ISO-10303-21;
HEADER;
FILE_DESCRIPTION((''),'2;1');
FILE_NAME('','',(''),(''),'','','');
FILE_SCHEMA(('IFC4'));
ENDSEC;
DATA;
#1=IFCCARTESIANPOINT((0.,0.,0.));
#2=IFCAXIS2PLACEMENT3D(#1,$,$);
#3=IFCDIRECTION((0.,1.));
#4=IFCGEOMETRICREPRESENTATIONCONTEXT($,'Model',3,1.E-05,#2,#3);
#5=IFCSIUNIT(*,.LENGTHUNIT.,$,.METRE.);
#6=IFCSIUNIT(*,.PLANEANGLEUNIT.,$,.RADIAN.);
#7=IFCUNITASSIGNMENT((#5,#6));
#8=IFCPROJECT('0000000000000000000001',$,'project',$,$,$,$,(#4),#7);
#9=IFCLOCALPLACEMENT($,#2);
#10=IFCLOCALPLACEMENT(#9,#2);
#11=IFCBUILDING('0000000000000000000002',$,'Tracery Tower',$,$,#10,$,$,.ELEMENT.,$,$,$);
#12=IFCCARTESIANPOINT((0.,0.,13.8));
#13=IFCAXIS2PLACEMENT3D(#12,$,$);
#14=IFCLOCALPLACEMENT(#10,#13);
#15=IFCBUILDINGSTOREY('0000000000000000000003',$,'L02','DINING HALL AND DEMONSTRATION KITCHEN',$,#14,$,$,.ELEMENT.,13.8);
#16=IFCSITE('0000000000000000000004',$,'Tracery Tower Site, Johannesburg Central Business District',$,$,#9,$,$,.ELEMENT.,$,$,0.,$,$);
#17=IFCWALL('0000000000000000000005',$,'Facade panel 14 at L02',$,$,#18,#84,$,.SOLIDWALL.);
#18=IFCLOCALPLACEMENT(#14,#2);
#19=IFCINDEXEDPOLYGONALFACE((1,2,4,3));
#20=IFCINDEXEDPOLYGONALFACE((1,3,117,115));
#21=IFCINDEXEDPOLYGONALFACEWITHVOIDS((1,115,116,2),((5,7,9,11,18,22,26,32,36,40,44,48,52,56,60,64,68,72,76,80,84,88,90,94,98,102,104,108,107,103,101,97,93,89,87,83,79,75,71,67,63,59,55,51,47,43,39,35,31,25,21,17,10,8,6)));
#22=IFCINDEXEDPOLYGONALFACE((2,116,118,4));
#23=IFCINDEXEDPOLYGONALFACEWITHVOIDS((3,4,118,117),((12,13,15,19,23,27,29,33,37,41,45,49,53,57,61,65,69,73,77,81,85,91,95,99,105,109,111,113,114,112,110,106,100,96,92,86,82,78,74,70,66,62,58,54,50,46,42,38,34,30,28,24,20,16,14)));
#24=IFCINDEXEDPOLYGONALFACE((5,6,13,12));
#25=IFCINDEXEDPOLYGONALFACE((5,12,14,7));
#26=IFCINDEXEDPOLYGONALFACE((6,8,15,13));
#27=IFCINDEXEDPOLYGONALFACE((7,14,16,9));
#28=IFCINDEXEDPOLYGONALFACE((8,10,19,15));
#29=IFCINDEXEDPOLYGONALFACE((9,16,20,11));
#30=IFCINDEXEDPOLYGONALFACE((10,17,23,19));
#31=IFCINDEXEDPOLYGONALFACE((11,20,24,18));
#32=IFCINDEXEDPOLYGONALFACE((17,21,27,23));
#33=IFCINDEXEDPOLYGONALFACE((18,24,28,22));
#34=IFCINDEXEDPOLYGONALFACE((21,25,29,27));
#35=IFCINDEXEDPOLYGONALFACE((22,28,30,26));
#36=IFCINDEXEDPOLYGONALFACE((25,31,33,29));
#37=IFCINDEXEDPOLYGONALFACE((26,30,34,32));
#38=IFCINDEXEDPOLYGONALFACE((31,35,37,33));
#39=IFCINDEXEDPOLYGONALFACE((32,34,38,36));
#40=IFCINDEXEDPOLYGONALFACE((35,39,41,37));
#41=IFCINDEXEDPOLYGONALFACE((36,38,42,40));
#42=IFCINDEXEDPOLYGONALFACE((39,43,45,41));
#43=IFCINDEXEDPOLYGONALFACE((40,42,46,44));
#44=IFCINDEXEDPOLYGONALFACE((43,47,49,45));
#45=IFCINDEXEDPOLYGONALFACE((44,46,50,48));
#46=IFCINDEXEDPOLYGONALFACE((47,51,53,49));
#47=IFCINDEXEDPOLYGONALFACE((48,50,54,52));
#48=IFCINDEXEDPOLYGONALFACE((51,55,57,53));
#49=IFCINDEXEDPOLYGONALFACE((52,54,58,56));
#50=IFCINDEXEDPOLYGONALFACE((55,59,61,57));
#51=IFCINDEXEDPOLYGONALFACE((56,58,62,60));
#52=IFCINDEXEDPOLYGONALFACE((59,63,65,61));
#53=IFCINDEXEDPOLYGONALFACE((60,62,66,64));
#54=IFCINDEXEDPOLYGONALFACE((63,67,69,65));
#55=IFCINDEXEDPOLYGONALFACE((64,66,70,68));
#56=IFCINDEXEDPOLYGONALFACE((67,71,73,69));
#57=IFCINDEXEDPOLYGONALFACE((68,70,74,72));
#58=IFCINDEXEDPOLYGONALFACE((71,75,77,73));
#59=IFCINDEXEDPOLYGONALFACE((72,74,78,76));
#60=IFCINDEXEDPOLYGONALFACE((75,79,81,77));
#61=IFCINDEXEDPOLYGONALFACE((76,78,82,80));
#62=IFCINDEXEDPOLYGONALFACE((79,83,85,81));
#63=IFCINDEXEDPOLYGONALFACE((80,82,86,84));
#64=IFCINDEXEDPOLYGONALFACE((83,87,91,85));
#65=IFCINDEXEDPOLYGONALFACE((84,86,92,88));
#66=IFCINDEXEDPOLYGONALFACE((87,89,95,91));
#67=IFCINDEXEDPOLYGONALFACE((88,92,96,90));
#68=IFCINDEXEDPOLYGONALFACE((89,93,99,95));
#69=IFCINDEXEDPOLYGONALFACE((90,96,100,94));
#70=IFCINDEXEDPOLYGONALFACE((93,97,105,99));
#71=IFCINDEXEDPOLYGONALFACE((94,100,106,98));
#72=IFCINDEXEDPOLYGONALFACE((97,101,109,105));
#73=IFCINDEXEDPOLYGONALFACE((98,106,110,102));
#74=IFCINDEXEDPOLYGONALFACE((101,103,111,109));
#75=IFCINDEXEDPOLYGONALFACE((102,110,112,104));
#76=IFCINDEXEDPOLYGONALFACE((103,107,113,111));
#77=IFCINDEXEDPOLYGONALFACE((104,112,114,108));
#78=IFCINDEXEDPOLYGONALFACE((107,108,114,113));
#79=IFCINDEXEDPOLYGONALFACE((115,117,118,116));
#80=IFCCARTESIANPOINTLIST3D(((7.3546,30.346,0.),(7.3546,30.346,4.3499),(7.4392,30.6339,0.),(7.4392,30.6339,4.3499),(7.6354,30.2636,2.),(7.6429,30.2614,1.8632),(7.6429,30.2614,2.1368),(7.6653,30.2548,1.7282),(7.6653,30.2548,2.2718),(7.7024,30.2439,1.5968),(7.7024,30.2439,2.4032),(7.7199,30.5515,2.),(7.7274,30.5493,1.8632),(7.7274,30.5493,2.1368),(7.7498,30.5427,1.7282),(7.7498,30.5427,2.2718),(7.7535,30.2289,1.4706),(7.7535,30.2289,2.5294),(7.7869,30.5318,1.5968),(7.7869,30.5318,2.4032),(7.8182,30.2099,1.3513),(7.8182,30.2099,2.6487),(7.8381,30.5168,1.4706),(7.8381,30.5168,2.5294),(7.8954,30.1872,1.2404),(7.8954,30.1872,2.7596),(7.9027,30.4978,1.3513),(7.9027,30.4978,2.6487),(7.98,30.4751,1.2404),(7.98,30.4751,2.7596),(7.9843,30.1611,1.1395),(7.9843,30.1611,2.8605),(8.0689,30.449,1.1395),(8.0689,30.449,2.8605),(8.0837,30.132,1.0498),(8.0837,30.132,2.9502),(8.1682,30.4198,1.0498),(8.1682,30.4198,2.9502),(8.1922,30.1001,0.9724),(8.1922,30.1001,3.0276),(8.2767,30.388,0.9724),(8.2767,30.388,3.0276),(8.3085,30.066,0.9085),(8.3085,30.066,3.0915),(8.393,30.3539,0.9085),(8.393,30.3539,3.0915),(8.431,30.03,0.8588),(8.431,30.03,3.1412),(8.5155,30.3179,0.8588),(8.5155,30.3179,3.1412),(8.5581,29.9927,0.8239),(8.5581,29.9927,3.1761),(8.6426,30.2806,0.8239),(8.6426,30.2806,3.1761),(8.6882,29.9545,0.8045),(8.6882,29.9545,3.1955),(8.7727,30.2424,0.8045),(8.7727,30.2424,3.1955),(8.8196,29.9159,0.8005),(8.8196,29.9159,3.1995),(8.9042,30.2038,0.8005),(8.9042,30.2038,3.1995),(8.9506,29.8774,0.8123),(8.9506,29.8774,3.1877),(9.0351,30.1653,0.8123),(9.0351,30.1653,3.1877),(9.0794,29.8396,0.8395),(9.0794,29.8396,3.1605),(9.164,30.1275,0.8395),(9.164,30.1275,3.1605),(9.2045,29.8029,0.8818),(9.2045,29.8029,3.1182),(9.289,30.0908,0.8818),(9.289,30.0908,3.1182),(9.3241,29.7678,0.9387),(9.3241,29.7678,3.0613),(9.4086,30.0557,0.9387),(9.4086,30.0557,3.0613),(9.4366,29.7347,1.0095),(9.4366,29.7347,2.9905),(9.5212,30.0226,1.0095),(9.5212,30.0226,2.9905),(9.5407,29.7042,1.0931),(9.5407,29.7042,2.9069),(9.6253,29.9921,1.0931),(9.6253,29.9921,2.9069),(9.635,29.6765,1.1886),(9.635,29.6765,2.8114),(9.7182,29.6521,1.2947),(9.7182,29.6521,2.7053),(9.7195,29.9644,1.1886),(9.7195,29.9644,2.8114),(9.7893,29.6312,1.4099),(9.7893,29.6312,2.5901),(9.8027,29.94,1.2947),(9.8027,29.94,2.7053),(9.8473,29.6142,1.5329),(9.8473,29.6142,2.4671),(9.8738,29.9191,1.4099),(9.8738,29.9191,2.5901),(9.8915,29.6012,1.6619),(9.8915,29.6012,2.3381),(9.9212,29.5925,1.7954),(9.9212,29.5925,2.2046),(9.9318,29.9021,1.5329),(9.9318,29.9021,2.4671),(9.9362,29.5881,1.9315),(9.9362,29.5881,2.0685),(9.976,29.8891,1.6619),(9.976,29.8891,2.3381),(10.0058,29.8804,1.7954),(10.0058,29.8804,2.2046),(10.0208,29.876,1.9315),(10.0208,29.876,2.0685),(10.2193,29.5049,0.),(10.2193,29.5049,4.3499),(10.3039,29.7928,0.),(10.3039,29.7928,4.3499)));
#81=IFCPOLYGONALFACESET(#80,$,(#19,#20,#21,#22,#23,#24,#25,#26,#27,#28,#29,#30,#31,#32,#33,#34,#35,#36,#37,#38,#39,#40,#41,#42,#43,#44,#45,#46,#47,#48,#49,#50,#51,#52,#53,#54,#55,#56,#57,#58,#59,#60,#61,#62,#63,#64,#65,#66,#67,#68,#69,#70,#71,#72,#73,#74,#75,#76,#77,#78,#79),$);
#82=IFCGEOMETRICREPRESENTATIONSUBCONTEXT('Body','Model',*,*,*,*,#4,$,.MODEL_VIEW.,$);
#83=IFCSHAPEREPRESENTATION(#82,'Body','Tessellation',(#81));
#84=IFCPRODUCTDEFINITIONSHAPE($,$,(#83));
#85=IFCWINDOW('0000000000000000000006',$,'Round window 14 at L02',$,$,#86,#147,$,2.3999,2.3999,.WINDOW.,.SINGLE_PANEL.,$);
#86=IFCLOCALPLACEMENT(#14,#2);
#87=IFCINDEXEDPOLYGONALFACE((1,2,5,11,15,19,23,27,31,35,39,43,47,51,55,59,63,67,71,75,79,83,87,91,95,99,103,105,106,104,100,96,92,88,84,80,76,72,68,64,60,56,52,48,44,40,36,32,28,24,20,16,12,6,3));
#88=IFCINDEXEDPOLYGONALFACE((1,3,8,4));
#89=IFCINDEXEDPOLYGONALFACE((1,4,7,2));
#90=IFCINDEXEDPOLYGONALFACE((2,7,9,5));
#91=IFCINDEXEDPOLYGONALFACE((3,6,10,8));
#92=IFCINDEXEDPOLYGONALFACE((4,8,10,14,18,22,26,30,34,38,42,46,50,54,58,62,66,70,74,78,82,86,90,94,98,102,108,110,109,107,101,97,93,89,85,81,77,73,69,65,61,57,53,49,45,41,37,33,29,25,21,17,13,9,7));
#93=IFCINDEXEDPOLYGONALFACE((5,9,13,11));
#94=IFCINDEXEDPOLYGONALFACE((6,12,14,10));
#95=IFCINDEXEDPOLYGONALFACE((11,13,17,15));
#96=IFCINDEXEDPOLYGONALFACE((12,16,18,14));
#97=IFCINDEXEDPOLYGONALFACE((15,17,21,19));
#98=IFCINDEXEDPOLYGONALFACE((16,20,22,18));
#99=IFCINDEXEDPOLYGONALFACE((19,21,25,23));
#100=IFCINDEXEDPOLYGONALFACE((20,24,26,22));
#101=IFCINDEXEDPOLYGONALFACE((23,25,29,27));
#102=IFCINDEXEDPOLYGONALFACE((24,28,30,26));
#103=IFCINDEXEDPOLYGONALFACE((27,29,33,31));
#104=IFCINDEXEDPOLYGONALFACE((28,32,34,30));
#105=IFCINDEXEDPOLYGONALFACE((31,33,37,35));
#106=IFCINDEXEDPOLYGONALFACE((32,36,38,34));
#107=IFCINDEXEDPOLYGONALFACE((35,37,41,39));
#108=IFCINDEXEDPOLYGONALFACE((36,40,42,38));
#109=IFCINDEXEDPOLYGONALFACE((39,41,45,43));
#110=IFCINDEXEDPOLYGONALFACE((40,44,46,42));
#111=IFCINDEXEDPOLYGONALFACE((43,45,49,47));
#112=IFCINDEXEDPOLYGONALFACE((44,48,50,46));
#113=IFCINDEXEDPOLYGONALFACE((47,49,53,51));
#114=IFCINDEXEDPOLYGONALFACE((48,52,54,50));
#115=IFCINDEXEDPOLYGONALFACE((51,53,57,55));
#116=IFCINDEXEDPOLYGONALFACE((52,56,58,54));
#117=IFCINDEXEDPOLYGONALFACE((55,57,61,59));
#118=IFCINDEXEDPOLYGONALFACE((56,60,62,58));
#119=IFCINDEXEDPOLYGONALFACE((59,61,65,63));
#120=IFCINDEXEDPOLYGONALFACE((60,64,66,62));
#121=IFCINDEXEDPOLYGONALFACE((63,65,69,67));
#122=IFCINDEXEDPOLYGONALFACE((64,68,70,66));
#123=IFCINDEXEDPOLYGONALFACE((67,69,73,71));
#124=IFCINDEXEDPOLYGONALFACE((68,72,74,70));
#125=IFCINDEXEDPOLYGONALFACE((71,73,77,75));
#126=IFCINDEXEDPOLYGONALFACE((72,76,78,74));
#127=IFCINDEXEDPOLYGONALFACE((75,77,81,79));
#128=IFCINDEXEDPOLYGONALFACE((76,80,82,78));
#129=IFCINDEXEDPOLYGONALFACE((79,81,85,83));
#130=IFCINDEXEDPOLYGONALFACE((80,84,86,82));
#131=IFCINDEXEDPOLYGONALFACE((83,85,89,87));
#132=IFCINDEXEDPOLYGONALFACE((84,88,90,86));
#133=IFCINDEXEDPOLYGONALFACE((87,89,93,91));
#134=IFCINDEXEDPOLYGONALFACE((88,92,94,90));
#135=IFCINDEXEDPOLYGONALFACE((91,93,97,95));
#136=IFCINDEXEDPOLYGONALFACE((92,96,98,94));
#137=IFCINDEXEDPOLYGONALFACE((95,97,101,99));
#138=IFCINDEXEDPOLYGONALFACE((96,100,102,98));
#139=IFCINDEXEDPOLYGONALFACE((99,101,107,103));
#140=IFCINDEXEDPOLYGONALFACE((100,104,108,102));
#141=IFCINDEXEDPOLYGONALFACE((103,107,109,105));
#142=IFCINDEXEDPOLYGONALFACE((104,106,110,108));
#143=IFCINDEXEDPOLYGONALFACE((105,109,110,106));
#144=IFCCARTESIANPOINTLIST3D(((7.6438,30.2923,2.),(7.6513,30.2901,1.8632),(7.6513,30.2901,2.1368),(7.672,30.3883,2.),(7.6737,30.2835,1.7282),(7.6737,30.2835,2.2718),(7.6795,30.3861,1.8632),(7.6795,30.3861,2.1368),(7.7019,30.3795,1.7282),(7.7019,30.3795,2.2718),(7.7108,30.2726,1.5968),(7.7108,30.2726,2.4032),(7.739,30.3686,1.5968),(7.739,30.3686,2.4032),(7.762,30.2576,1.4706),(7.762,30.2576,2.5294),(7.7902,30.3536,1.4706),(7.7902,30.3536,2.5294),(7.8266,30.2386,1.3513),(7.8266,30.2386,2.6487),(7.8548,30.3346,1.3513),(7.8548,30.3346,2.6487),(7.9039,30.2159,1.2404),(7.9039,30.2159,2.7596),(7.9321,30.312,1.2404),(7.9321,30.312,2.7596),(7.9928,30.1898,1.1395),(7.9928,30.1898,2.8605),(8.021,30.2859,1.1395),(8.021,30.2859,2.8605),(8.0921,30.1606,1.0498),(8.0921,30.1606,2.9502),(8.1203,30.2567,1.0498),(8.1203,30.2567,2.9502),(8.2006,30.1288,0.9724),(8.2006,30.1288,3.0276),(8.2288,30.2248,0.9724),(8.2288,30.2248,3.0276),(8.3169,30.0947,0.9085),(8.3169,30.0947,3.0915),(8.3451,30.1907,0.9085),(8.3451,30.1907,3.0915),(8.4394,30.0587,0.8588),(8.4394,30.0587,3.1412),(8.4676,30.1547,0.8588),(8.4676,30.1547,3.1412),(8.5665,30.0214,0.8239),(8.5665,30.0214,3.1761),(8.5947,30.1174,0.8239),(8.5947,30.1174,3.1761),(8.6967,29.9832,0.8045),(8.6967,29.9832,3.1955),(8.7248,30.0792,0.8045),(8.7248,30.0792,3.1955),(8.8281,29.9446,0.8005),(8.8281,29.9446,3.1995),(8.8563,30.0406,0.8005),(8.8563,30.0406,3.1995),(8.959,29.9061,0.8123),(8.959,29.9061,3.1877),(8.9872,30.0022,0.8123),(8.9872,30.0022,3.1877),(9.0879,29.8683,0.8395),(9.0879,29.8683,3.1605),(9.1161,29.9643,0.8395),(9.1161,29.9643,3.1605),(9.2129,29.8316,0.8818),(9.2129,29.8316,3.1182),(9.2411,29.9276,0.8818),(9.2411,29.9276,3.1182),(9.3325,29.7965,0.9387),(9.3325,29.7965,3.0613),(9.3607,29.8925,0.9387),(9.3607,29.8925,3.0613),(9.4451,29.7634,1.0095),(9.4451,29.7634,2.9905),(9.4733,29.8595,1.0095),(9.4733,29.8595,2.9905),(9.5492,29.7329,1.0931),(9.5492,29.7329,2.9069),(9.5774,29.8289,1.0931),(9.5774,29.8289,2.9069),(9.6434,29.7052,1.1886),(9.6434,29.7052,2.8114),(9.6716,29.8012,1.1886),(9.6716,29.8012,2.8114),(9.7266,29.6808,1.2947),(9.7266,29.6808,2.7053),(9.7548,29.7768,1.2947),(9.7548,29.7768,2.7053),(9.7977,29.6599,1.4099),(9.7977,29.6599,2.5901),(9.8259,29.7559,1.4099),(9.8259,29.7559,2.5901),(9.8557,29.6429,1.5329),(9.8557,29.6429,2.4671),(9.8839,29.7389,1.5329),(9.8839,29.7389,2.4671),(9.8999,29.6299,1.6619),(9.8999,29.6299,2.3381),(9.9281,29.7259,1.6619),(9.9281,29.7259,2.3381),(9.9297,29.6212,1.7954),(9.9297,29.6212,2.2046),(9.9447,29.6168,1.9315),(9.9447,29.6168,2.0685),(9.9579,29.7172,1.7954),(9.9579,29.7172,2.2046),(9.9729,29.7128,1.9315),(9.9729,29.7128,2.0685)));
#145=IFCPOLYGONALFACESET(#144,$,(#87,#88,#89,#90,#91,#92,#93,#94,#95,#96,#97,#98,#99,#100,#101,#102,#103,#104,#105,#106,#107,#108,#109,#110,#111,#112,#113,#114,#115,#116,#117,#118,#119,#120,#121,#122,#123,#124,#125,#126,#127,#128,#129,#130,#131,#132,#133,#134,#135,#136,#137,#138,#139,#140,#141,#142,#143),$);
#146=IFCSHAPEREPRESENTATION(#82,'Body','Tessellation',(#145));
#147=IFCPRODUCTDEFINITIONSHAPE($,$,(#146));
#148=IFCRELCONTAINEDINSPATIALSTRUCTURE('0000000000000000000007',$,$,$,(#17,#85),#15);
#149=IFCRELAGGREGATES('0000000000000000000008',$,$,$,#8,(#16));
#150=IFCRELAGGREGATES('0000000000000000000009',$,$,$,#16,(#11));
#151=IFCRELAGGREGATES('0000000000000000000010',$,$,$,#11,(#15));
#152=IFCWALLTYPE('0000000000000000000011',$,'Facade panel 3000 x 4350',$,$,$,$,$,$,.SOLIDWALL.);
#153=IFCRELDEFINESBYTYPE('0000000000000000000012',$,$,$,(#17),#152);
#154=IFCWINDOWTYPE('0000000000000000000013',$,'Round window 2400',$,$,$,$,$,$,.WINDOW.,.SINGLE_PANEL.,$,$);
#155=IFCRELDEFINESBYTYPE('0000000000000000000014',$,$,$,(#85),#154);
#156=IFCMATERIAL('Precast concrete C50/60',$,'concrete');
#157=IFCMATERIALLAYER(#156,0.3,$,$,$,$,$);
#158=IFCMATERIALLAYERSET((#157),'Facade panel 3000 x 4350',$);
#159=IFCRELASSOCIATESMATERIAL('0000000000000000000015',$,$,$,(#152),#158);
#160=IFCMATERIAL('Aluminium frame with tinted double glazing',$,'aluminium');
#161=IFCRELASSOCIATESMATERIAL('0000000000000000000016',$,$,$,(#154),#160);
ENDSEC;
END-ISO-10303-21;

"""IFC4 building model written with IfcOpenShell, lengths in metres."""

from ifc_helpers import new_model, si_unit, direction, frame, frame_2d, origin, origin_2d, place, context, subcontext, project, spatial, rectangle, circle, extrude, material, layer, layer_set, type_object, element, fill, save


model = new_model("IFC4")

# Units and contexts
model_context = context("Model", 3, precision=1e-05, world=origin(), true_north=direction((0.0, 1.0)))
body_context = subcontext(model_context, "Body", "Model", "MODEL_VIEW")
ifc_project = project(units=[si_unit("LENGTHUNIT", "METRE"), si_unit("PLANEANGLEUNIT", "RADIAN")], contexts=[model_context])

# Site, building, storey
site_placement = place(None, origin())
site = spatial("IfcSite", under=ifc_project, at=site_placement, Name="Tracery Tower Site, Johannesburg Central Business District", CompositionType="ELEMENT", RefElevation=0.0)
building_placement = place(site_placement, origin())
building = spatial("IfcBuilding", under=site, at=building_placement, Name="Tracery Tower", CompositionType="ELEMENT")
storey_placement = place(building_placement, frame((0.0, 0.0, 13.8)))
storey = spatial("IfcBuildingStorey", under=building, at=storey_placement, Name="L02", Description="DINING HALL AND DEMONSTRATION KITCHEN", CompositionType="ELEMENT", Elevation=13.8)

# Wall, opening, window
ifc_material_1 = material(Name="Precast concrete C50/60", Category="concrete")
ifc_layer_1 = layer(ifc_material_1, 0.3)
ifc_layer_set_1 = layer_set([ifc_layer_1], Name="Facade panel 3000 x 4350")
wall_type_1 = type_object("IfcWallType", Name="Facade panel 3000 x 4350", PredefinedType="SOLIDWALL", material=ifc_layer_set_1)
ifc_material_2 = material(Name="Aluminium frame with tinted double glazing", Category="aluminium")
window_type = type_object("IfcWindowType", Name="Round window 2400", PartitioningType="SINGLE_PANEL", PredefinedType="WINDOW", material=ifc_material_2)
wall_1_placement = place(storey_placement, frame((10.2615, 29.6489, 0.0), z_axis=(0.0, 0.0, 1.0), x_axis=(-0.959502, 0.281701, 0.0)))
wall_1 = element("IfcWall", 1, at=wall_1_placement, inside=storey, type_object=wall_type_1, Name="Facade panel 14 at L02", PredefinedType="SOLIDWALL", context=body_context, shape_type="SweptSolid", body=[
    extrude(rectangle(XDim=2.9856, YDim=0.3, at=frame_2d((1.4927, 0.0))), origin(), (0.0, 0.0, 1.0), 4.3499),
])
opening_1_placement = place(wall_1_placement, frame((1.4929, 0.0, 2.0)))
opening_1 = element("IfcOpeningElement", 2, at=opening_1_placement, cuts=wall_1, PredefinedType="OPENING", context=body_context, shape_type="SweptSolid", body=[
    extrude(circle(Radius=1.2, at=origin_2d()), frame((0.0, 0.1599, 0.0), z_axis=(0.0, -1.0, 0.0), x_axis=(1.0, 0.0, 0.0)), (0.0, 0.0, 1.0), 0.3201),
])
window_1_placement = place(opening_1_placement, origin())
window_1 = element("IfcWindow", 3, at=window_1_placement, inside=storey, type_object=window_type, Name="Round window 14 at L02", OverallHeight=2.3999, OverallWidth=2.3999, PartitioningType="SINGLE_PANEL", PredefinedType="WINDOW", context=body_context, shape_type="SweptSolid", body=[
    extrude(circle(Radius=1.2, at=origin_2d()), frame((0.0, 0.1201, 0.0), z_axis=(0.0, -1.0, 0.0), x_axis=(1.0, 0.0, 0.0)), (0.0, 0.0, 1.0), 0.1001),
])
fill(opening_1, window_1)

save(model, "model.ifc")
